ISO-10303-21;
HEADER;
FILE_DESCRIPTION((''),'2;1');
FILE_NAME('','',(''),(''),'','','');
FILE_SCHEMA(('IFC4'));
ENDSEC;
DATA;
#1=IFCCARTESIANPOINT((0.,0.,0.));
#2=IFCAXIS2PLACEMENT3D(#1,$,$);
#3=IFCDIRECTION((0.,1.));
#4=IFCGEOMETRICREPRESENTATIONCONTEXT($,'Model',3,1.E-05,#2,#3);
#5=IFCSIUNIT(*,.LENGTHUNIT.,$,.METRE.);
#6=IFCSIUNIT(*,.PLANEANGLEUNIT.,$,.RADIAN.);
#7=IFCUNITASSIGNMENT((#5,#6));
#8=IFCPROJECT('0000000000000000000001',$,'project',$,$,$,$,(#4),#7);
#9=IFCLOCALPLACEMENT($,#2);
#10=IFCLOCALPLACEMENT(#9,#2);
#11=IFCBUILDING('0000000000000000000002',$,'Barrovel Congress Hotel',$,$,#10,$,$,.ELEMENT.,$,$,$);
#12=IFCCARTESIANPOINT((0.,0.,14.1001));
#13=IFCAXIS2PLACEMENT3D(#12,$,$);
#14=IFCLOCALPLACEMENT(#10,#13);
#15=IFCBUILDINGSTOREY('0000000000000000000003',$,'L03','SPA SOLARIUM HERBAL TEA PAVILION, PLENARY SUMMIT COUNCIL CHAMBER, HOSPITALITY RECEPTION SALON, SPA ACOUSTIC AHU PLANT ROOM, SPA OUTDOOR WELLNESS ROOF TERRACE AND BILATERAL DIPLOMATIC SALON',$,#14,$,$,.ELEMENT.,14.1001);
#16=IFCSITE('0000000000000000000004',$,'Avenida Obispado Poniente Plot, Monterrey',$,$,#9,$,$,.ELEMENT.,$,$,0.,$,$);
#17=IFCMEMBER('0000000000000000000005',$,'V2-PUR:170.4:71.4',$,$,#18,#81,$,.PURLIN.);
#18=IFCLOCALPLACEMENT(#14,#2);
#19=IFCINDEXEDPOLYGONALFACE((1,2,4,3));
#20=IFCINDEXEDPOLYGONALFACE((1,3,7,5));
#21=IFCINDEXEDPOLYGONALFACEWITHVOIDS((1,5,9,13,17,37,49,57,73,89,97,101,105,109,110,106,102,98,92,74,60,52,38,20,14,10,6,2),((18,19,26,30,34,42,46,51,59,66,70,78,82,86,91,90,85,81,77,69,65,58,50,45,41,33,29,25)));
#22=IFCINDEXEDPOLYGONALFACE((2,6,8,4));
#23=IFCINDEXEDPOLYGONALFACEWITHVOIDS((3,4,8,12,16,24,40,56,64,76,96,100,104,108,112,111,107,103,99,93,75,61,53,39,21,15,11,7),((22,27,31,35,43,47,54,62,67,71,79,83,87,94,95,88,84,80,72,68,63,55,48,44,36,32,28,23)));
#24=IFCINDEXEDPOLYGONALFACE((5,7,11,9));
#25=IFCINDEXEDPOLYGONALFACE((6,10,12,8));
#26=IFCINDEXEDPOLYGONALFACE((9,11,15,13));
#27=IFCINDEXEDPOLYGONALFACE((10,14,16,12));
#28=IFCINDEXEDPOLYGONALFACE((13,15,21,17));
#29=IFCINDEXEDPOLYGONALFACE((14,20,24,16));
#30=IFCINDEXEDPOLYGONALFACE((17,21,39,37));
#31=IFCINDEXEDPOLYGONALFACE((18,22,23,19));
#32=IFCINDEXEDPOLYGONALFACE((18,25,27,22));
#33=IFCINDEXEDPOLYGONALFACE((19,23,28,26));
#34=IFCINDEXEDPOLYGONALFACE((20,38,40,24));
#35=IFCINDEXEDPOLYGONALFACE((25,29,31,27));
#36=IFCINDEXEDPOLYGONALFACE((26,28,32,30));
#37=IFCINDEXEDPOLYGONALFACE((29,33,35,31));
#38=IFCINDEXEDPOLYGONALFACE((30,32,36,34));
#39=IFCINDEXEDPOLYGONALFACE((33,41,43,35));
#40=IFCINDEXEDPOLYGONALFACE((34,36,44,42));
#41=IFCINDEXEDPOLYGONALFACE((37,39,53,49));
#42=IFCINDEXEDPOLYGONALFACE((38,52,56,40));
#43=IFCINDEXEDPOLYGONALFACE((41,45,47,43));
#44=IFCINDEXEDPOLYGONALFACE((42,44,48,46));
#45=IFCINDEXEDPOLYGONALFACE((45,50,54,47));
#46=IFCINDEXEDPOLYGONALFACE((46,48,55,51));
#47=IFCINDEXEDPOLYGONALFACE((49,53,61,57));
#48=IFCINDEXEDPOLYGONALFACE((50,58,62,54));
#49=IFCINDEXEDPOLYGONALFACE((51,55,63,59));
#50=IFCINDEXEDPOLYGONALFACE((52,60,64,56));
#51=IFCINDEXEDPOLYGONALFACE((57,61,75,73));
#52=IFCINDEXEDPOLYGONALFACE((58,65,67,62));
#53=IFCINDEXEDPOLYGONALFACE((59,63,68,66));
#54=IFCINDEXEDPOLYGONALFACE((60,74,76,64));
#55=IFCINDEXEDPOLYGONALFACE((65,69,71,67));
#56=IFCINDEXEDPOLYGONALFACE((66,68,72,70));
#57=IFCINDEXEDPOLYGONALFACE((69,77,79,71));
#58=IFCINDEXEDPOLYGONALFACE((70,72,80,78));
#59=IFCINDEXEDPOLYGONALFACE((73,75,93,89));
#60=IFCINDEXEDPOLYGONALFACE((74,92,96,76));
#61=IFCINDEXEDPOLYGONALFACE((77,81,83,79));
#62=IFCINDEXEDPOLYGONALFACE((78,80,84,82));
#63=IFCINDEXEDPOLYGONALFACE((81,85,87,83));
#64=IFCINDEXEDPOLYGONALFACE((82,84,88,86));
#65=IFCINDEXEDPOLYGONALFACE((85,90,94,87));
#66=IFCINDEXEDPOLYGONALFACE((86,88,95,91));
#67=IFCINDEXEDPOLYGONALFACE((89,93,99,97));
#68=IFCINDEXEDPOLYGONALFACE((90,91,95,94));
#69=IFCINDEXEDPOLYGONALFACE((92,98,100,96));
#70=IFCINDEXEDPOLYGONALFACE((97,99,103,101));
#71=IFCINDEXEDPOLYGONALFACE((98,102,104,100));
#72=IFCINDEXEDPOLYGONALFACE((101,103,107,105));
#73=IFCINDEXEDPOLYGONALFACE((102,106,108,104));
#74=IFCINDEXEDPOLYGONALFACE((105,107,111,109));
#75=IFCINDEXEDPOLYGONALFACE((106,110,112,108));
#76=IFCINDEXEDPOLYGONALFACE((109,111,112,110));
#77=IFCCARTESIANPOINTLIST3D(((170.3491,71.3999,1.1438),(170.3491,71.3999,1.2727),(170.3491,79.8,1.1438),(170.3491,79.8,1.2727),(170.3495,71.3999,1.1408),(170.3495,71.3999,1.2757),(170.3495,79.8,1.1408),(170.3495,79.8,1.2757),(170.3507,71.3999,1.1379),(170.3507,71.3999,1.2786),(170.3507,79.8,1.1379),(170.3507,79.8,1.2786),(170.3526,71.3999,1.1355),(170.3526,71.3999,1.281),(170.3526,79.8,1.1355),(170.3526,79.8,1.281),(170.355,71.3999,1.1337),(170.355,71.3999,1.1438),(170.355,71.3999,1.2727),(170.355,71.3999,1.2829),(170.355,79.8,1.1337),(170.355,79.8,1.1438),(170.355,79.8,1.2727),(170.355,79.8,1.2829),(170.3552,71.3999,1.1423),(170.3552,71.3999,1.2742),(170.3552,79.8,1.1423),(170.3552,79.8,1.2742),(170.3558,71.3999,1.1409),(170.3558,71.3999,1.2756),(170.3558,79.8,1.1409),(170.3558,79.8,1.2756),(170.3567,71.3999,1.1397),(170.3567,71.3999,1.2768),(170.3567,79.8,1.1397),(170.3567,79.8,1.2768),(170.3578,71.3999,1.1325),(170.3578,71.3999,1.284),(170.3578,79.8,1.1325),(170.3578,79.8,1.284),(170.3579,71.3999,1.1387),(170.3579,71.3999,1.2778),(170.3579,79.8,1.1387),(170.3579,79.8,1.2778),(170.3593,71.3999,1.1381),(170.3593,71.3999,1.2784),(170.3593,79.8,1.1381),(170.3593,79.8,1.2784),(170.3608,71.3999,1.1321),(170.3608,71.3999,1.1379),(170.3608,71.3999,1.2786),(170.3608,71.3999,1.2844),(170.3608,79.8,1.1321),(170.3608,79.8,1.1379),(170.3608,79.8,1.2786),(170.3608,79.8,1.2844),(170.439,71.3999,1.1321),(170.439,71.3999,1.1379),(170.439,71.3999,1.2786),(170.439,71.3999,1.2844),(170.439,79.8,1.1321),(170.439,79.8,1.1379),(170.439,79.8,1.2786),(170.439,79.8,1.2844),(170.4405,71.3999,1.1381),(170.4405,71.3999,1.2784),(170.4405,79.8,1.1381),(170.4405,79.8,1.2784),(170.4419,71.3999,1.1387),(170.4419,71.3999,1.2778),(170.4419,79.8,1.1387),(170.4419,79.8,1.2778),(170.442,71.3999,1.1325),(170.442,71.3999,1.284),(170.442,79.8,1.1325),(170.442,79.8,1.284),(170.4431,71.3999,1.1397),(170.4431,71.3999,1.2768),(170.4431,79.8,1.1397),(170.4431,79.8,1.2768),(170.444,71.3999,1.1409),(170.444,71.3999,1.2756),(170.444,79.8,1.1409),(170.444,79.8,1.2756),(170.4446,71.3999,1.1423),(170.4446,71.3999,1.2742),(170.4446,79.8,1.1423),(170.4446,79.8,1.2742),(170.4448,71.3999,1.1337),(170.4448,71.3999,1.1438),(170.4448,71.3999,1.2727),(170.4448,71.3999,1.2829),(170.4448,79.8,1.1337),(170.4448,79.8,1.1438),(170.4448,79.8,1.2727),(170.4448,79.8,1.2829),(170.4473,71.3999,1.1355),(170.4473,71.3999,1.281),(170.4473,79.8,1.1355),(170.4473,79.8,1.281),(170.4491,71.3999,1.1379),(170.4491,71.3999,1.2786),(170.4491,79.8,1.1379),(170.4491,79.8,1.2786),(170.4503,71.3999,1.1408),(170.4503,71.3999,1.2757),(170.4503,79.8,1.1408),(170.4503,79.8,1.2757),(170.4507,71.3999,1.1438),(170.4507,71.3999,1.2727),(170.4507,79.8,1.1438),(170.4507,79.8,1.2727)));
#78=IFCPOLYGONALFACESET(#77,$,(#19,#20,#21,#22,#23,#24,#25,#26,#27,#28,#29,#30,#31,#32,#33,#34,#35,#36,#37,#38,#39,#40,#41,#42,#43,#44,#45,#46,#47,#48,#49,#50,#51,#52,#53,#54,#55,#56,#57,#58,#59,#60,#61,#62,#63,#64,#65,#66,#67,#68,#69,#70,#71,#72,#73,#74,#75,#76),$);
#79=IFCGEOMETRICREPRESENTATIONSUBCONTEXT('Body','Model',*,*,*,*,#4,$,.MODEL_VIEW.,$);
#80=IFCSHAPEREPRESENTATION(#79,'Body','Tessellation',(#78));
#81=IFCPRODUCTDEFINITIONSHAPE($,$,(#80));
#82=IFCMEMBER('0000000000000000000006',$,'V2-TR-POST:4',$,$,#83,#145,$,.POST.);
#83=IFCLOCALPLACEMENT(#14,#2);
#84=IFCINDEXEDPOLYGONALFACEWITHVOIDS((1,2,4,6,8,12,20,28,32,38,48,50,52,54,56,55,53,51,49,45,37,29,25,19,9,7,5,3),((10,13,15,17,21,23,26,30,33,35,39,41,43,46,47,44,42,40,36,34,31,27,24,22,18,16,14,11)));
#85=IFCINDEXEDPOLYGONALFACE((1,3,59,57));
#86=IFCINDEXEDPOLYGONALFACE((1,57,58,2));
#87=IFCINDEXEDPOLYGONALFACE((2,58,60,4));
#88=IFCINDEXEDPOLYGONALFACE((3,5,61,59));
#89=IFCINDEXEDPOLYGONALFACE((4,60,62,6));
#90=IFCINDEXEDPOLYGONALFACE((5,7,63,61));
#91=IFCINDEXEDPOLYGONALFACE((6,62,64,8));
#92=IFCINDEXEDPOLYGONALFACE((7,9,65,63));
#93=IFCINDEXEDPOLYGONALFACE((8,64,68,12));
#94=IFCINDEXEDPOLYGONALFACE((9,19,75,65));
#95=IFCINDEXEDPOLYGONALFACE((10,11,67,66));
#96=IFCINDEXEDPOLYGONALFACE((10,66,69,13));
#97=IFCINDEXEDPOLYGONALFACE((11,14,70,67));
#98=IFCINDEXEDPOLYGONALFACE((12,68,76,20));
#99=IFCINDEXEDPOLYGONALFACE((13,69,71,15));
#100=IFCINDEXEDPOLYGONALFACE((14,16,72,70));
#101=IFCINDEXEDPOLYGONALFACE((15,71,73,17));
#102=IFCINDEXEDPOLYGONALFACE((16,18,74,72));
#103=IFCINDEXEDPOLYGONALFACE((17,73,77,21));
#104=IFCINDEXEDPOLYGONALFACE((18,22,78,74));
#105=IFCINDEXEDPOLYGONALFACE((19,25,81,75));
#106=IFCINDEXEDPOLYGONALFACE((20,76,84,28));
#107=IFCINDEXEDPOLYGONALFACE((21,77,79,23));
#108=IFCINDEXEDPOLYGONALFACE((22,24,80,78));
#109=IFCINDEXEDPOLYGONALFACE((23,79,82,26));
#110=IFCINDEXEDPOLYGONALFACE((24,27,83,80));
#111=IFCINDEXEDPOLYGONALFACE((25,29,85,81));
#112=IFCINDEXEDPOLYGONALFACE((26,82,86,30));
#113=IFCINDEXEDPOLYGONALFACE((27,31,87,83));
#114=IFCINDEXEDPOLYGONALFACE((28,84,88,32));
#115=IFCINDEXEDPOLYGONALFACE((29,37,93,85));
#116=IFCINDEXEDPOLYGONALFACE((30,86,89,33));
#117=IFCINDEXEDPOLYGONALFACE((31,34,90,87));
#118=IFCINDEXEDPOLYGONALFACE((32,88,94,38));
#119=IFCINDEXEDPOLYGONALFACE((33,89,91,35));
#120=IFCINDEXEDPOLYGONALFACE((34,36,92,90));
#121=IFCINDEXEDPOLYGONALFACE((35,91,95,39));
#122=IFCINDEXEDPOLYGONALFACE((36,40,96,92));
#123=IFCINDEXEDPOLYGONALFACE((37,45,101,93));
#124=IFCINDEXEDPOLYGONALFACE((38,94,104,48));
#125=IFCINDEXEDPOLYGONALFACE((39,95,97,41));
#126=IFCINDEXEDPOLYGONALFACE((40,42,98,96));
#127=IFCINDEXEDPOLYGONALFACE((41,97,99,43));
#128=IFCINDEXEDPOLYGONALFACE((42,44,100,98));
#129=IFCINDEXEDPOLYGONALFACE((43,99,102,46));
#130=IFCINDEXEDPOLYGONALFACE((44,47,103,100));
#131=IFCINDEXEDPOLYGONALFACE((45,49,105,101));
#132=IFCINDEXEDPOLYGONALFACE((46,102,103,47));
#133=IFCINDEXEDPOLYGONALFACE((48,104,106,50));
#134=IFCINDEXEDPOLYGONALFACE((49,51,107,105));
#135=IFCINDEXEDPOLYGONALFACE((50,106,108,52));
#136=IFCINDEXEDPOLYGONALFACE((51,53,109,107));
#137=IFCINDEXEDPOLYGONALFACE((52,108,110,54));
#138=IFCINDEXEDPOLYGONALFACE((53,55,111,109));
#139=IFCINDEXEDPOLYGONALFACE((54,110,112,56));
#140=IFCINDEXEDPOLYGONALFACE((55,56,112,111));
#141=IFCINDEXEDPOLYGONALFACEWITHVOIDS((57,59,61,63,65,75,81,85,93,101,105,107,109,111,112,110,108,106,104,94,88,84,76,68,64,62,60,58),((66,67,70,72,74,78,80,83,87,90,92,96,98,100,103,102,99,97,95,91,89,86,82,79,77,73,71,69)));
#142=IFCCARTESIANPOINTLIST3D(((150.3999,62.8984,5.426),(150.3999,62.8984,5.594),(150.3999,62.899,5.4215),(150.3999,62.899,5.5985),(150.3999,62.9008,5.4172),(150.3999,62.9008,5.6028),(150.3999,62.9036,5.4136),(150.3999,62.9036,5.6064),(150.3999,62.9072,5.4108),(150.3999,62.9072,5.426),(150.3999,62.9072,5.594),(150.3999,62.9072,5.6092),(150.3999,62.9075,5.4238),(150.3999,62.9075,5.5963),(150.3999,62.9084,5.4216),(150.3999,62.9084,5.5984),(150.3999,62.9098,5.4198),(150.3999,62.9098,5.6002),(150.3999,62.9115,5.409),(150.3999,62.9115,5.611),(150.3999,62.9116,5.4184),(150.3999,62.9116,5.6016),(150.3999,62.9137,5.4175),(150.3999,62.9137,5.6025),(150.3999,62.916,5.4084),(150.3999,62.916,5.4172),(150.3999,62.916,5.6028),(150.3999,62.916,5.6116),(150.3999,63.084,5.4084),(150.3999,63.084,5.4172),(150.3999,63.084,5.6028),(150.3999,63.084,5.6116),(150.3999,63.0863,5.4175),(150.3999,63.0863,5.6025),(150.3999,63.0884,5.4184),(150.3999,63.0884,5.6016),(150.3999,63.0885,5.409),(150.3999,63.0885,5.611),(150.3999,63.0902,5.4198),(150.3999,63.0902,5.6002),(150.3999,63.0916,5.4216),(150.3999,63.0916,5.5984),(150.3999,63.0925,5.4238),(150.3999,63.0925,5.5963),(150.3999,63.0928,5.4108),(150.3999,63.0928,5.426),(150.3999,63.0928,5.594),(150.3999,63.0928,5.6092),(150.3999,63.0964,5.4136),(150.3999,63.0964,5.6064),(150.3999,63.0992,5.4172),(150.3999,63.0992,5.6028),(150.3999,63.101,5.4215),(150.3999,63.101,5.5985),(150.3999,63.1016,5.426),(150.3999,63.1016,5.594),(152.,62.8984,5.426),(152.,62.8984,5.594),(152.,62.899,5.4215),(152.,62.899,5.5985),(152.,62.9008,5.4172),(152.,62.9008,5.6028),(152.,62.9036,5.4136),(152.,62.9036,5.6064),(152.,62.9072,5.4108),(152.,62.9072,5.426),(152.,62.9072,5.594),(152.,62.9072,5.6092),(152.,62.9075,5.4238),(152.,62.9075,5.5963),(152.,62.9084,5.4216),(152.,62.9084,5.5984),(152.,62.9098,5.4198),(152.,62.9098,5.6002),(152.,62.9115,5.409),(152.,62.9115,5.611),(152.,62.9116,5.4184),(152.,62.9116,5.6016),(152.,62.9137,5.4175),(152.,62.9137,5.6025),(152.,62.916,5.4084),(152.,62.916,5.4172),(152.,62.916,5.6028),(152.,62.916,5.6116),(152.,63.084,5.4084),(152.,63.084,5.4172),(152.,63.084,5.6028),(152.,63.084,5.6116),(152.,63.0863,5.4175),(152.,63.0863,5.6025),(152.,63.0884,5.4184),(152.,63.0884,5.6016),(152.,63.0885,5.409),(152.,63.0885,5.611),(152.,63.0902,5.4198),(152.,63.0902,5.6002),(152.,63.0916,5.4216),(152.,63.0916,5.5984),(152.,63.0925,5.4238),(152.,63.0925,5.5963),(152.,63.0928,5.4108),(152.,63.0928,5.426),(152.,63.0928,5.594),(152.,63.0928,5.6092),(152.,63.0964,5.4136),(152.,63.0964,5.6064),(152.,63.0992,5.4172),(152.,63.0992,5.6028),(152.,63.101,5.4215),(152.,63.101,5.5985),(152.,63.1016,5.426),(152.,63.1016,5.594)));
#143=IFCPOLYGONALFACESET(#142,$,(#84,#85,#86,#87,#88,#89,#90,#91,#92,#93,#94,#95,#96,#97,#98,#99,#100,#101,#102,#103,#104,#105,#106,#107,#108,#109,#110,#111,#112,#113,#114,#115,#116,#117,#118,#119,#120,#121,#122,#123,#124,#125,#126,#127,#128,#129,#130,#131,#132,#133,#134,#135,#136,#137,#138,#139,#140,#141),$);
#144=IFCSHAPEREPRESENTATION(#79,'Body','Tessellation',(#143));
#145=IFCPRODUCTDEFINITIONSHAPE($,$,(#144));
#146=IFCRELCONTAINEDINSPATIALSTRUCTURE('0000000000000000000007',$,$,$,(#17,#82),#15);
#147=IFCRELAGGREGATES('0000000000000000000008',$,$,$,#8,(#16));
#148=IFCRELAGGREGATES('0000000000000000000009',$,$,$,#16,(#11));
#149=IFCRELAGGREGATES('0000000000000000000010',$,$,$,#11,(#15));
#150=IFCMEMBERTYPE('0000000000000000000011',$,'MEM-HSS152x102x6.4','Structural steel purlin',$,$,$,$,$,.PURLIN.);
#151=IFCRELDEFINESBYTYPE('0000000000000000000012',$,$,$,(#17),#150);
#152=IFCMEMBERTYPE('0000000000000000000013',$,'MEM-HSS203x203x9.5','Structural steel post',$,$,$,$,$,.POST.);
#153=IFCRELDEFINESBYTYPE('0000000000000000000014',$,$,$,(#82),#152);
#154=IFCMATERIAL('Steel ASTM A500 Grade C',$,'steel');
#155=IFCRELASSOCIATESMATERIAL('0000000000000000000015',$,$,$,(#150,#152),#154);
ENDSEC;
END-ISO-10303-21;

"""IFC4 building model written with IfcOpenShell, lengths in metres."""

from ifc_helpers import new_model, si_unit, direction, frame, origin, origin_2d, place, context, subcontext, project, spatial, hollow_rectangle, extrude, material, material_profile, profile_set, type_object, element, save


model = new_model("IFC4")

# Units and contexts
model_context = context("Model", 3, precision=1e-05, world=origin(), true_north=direction((0.0, 1.0)))
body_context = subcontext(model_context, "Body", "Model", "MODEL_VIEW")
ifc_project = project(units=[si_unit("LENGTHUNIT", "METRE"), si_unit("PLANEANGLEUNIT", "RADIAN")], contexts=[model_context])

# Site, building, storey
site_placement = place(None, origin())
site = spatial("IfcSite", under=ifc_project, at=site_placement, Name="Avenida Obispado Poniente Plot, Monterrey", CompositionType="ELEMENT", RefElevation=0.0)
building_placement = place(site_placement, origin())
building = spatial("IfcBuilding", under=site, at=building_placement, Name="Barrovel Congress Hotel", CompositionType="ELEMENT")
storey_placement = place(building_placement, frame((0.0, 0.0, 14.1001)))
storey = spatial("IfcBuildingStorey", under=building, at=storey_placement, Name="L03", Description="SPA SOLARIUM HERBAL TEA PAVILION, PLENARY SUMMIT COUNCIL CHAMBER, HOSPITALITY RECEPTION SALON, SPA ACOUSTIC AHU PLANT ROOM, SPA OUTDOOR WELLNESS ROOF TERRACE AND BILATERAL DIPLOMATIC SALON", CompositionType="ELEMENT", Elevation=14.1001)

# Members
ifc_material_1 = material(Name="Steel ASTM A500 Grade C", Category="steel")
ifc_material_profile_1 = material_profile(ifc_material_1, hollow_rectangle(XDim=0.1016, YDim=0.1523, WallThickness=0.0059, InnerFilletRadius=0.0059, OuterFilletRadius=0.0117, at=origin_2d()), Name="HSS152x102x6.4")
ifc_profile_set_1 = profile_set([ifc_material_profile_1], Name="Steel ASTM A500 Grade C")
member_type_1 = type_object("IfcMemberType", Name="MEM-HSS152x102x6.4", Description="Structural steel purlin", PredefinedType="PURLIN", material=ifc_profile_set_1)
member_1_placement = place(storey_placement, frame((170.3999, 71.3999, 1.2083), z_axis=(0.0, 1.0, 0.0), x_axis=(-1.0, 0.0, 0.0)))
element("IfcMember", 1, at=member_1_placement, inside=storey, type_object=member_type_1, Name="V2-PUR:170.4:71.4", PredefinedType="PURLIN", context=body_context, shape_type="SweptSolid", body=[
    extrude(hollow_rectangle(XDim=0.1016, YDim=0.1523, WallThickness=0.0059, InnerFilletRadius=0.0059, OuterFilletRadius=0.0117, at=origin_2d()), origin(), (0.0, 0.0, 1.0), 8.4001),
])
ifc_material_profile_2 = material_profile(ifc_material_1, hollow_rectangle(XDim=0.2031, YDim=0.2031, WallThickness=0.0088, InnerFilletRadius=0.0088, OuterFilletRadius=0.0176, at=origin_2d()), Name="HSS203x203x9.5")
ifc_profile_set_2 = profile_set([ifc_material_profile_2], Name="Steel ASTM A500 Grade C")
member_type_2 = type_object("IfcMemberType", Name="MEM-HSS203x203x9.5", Description="Structural steel post", PredefinedType="POST", material=ifc_profile_set_2)
for number, where, z_axis, x_axis, name in (
    (2, (150.3999, 63.0, 5.51), (1.0, 0.0, 0.0), (0.0, 1.0, 0.0), "V2-TR-POST:4"),
):
    element("IfcMember", number, at=place(storey_placement, frame(where, z_axis=z_axis, x_axis=x_axis)), inside=storey, type_object=member_type_2, Name=name, PredefinedType="POST", context=body_context, shape_type="SweptSolid", body=[
        extrude(hollow_rectangle(XDim=0.2031, YDim=0.2031, WallThickness=0.0088, InnerFilletRadius=0.0088, OuterFilletRadius=0.0176, at=origin_2d()), origin(), (0.0, 0.0, 1.0), 1.6001),
    ])

save(model, "model.ifc")
